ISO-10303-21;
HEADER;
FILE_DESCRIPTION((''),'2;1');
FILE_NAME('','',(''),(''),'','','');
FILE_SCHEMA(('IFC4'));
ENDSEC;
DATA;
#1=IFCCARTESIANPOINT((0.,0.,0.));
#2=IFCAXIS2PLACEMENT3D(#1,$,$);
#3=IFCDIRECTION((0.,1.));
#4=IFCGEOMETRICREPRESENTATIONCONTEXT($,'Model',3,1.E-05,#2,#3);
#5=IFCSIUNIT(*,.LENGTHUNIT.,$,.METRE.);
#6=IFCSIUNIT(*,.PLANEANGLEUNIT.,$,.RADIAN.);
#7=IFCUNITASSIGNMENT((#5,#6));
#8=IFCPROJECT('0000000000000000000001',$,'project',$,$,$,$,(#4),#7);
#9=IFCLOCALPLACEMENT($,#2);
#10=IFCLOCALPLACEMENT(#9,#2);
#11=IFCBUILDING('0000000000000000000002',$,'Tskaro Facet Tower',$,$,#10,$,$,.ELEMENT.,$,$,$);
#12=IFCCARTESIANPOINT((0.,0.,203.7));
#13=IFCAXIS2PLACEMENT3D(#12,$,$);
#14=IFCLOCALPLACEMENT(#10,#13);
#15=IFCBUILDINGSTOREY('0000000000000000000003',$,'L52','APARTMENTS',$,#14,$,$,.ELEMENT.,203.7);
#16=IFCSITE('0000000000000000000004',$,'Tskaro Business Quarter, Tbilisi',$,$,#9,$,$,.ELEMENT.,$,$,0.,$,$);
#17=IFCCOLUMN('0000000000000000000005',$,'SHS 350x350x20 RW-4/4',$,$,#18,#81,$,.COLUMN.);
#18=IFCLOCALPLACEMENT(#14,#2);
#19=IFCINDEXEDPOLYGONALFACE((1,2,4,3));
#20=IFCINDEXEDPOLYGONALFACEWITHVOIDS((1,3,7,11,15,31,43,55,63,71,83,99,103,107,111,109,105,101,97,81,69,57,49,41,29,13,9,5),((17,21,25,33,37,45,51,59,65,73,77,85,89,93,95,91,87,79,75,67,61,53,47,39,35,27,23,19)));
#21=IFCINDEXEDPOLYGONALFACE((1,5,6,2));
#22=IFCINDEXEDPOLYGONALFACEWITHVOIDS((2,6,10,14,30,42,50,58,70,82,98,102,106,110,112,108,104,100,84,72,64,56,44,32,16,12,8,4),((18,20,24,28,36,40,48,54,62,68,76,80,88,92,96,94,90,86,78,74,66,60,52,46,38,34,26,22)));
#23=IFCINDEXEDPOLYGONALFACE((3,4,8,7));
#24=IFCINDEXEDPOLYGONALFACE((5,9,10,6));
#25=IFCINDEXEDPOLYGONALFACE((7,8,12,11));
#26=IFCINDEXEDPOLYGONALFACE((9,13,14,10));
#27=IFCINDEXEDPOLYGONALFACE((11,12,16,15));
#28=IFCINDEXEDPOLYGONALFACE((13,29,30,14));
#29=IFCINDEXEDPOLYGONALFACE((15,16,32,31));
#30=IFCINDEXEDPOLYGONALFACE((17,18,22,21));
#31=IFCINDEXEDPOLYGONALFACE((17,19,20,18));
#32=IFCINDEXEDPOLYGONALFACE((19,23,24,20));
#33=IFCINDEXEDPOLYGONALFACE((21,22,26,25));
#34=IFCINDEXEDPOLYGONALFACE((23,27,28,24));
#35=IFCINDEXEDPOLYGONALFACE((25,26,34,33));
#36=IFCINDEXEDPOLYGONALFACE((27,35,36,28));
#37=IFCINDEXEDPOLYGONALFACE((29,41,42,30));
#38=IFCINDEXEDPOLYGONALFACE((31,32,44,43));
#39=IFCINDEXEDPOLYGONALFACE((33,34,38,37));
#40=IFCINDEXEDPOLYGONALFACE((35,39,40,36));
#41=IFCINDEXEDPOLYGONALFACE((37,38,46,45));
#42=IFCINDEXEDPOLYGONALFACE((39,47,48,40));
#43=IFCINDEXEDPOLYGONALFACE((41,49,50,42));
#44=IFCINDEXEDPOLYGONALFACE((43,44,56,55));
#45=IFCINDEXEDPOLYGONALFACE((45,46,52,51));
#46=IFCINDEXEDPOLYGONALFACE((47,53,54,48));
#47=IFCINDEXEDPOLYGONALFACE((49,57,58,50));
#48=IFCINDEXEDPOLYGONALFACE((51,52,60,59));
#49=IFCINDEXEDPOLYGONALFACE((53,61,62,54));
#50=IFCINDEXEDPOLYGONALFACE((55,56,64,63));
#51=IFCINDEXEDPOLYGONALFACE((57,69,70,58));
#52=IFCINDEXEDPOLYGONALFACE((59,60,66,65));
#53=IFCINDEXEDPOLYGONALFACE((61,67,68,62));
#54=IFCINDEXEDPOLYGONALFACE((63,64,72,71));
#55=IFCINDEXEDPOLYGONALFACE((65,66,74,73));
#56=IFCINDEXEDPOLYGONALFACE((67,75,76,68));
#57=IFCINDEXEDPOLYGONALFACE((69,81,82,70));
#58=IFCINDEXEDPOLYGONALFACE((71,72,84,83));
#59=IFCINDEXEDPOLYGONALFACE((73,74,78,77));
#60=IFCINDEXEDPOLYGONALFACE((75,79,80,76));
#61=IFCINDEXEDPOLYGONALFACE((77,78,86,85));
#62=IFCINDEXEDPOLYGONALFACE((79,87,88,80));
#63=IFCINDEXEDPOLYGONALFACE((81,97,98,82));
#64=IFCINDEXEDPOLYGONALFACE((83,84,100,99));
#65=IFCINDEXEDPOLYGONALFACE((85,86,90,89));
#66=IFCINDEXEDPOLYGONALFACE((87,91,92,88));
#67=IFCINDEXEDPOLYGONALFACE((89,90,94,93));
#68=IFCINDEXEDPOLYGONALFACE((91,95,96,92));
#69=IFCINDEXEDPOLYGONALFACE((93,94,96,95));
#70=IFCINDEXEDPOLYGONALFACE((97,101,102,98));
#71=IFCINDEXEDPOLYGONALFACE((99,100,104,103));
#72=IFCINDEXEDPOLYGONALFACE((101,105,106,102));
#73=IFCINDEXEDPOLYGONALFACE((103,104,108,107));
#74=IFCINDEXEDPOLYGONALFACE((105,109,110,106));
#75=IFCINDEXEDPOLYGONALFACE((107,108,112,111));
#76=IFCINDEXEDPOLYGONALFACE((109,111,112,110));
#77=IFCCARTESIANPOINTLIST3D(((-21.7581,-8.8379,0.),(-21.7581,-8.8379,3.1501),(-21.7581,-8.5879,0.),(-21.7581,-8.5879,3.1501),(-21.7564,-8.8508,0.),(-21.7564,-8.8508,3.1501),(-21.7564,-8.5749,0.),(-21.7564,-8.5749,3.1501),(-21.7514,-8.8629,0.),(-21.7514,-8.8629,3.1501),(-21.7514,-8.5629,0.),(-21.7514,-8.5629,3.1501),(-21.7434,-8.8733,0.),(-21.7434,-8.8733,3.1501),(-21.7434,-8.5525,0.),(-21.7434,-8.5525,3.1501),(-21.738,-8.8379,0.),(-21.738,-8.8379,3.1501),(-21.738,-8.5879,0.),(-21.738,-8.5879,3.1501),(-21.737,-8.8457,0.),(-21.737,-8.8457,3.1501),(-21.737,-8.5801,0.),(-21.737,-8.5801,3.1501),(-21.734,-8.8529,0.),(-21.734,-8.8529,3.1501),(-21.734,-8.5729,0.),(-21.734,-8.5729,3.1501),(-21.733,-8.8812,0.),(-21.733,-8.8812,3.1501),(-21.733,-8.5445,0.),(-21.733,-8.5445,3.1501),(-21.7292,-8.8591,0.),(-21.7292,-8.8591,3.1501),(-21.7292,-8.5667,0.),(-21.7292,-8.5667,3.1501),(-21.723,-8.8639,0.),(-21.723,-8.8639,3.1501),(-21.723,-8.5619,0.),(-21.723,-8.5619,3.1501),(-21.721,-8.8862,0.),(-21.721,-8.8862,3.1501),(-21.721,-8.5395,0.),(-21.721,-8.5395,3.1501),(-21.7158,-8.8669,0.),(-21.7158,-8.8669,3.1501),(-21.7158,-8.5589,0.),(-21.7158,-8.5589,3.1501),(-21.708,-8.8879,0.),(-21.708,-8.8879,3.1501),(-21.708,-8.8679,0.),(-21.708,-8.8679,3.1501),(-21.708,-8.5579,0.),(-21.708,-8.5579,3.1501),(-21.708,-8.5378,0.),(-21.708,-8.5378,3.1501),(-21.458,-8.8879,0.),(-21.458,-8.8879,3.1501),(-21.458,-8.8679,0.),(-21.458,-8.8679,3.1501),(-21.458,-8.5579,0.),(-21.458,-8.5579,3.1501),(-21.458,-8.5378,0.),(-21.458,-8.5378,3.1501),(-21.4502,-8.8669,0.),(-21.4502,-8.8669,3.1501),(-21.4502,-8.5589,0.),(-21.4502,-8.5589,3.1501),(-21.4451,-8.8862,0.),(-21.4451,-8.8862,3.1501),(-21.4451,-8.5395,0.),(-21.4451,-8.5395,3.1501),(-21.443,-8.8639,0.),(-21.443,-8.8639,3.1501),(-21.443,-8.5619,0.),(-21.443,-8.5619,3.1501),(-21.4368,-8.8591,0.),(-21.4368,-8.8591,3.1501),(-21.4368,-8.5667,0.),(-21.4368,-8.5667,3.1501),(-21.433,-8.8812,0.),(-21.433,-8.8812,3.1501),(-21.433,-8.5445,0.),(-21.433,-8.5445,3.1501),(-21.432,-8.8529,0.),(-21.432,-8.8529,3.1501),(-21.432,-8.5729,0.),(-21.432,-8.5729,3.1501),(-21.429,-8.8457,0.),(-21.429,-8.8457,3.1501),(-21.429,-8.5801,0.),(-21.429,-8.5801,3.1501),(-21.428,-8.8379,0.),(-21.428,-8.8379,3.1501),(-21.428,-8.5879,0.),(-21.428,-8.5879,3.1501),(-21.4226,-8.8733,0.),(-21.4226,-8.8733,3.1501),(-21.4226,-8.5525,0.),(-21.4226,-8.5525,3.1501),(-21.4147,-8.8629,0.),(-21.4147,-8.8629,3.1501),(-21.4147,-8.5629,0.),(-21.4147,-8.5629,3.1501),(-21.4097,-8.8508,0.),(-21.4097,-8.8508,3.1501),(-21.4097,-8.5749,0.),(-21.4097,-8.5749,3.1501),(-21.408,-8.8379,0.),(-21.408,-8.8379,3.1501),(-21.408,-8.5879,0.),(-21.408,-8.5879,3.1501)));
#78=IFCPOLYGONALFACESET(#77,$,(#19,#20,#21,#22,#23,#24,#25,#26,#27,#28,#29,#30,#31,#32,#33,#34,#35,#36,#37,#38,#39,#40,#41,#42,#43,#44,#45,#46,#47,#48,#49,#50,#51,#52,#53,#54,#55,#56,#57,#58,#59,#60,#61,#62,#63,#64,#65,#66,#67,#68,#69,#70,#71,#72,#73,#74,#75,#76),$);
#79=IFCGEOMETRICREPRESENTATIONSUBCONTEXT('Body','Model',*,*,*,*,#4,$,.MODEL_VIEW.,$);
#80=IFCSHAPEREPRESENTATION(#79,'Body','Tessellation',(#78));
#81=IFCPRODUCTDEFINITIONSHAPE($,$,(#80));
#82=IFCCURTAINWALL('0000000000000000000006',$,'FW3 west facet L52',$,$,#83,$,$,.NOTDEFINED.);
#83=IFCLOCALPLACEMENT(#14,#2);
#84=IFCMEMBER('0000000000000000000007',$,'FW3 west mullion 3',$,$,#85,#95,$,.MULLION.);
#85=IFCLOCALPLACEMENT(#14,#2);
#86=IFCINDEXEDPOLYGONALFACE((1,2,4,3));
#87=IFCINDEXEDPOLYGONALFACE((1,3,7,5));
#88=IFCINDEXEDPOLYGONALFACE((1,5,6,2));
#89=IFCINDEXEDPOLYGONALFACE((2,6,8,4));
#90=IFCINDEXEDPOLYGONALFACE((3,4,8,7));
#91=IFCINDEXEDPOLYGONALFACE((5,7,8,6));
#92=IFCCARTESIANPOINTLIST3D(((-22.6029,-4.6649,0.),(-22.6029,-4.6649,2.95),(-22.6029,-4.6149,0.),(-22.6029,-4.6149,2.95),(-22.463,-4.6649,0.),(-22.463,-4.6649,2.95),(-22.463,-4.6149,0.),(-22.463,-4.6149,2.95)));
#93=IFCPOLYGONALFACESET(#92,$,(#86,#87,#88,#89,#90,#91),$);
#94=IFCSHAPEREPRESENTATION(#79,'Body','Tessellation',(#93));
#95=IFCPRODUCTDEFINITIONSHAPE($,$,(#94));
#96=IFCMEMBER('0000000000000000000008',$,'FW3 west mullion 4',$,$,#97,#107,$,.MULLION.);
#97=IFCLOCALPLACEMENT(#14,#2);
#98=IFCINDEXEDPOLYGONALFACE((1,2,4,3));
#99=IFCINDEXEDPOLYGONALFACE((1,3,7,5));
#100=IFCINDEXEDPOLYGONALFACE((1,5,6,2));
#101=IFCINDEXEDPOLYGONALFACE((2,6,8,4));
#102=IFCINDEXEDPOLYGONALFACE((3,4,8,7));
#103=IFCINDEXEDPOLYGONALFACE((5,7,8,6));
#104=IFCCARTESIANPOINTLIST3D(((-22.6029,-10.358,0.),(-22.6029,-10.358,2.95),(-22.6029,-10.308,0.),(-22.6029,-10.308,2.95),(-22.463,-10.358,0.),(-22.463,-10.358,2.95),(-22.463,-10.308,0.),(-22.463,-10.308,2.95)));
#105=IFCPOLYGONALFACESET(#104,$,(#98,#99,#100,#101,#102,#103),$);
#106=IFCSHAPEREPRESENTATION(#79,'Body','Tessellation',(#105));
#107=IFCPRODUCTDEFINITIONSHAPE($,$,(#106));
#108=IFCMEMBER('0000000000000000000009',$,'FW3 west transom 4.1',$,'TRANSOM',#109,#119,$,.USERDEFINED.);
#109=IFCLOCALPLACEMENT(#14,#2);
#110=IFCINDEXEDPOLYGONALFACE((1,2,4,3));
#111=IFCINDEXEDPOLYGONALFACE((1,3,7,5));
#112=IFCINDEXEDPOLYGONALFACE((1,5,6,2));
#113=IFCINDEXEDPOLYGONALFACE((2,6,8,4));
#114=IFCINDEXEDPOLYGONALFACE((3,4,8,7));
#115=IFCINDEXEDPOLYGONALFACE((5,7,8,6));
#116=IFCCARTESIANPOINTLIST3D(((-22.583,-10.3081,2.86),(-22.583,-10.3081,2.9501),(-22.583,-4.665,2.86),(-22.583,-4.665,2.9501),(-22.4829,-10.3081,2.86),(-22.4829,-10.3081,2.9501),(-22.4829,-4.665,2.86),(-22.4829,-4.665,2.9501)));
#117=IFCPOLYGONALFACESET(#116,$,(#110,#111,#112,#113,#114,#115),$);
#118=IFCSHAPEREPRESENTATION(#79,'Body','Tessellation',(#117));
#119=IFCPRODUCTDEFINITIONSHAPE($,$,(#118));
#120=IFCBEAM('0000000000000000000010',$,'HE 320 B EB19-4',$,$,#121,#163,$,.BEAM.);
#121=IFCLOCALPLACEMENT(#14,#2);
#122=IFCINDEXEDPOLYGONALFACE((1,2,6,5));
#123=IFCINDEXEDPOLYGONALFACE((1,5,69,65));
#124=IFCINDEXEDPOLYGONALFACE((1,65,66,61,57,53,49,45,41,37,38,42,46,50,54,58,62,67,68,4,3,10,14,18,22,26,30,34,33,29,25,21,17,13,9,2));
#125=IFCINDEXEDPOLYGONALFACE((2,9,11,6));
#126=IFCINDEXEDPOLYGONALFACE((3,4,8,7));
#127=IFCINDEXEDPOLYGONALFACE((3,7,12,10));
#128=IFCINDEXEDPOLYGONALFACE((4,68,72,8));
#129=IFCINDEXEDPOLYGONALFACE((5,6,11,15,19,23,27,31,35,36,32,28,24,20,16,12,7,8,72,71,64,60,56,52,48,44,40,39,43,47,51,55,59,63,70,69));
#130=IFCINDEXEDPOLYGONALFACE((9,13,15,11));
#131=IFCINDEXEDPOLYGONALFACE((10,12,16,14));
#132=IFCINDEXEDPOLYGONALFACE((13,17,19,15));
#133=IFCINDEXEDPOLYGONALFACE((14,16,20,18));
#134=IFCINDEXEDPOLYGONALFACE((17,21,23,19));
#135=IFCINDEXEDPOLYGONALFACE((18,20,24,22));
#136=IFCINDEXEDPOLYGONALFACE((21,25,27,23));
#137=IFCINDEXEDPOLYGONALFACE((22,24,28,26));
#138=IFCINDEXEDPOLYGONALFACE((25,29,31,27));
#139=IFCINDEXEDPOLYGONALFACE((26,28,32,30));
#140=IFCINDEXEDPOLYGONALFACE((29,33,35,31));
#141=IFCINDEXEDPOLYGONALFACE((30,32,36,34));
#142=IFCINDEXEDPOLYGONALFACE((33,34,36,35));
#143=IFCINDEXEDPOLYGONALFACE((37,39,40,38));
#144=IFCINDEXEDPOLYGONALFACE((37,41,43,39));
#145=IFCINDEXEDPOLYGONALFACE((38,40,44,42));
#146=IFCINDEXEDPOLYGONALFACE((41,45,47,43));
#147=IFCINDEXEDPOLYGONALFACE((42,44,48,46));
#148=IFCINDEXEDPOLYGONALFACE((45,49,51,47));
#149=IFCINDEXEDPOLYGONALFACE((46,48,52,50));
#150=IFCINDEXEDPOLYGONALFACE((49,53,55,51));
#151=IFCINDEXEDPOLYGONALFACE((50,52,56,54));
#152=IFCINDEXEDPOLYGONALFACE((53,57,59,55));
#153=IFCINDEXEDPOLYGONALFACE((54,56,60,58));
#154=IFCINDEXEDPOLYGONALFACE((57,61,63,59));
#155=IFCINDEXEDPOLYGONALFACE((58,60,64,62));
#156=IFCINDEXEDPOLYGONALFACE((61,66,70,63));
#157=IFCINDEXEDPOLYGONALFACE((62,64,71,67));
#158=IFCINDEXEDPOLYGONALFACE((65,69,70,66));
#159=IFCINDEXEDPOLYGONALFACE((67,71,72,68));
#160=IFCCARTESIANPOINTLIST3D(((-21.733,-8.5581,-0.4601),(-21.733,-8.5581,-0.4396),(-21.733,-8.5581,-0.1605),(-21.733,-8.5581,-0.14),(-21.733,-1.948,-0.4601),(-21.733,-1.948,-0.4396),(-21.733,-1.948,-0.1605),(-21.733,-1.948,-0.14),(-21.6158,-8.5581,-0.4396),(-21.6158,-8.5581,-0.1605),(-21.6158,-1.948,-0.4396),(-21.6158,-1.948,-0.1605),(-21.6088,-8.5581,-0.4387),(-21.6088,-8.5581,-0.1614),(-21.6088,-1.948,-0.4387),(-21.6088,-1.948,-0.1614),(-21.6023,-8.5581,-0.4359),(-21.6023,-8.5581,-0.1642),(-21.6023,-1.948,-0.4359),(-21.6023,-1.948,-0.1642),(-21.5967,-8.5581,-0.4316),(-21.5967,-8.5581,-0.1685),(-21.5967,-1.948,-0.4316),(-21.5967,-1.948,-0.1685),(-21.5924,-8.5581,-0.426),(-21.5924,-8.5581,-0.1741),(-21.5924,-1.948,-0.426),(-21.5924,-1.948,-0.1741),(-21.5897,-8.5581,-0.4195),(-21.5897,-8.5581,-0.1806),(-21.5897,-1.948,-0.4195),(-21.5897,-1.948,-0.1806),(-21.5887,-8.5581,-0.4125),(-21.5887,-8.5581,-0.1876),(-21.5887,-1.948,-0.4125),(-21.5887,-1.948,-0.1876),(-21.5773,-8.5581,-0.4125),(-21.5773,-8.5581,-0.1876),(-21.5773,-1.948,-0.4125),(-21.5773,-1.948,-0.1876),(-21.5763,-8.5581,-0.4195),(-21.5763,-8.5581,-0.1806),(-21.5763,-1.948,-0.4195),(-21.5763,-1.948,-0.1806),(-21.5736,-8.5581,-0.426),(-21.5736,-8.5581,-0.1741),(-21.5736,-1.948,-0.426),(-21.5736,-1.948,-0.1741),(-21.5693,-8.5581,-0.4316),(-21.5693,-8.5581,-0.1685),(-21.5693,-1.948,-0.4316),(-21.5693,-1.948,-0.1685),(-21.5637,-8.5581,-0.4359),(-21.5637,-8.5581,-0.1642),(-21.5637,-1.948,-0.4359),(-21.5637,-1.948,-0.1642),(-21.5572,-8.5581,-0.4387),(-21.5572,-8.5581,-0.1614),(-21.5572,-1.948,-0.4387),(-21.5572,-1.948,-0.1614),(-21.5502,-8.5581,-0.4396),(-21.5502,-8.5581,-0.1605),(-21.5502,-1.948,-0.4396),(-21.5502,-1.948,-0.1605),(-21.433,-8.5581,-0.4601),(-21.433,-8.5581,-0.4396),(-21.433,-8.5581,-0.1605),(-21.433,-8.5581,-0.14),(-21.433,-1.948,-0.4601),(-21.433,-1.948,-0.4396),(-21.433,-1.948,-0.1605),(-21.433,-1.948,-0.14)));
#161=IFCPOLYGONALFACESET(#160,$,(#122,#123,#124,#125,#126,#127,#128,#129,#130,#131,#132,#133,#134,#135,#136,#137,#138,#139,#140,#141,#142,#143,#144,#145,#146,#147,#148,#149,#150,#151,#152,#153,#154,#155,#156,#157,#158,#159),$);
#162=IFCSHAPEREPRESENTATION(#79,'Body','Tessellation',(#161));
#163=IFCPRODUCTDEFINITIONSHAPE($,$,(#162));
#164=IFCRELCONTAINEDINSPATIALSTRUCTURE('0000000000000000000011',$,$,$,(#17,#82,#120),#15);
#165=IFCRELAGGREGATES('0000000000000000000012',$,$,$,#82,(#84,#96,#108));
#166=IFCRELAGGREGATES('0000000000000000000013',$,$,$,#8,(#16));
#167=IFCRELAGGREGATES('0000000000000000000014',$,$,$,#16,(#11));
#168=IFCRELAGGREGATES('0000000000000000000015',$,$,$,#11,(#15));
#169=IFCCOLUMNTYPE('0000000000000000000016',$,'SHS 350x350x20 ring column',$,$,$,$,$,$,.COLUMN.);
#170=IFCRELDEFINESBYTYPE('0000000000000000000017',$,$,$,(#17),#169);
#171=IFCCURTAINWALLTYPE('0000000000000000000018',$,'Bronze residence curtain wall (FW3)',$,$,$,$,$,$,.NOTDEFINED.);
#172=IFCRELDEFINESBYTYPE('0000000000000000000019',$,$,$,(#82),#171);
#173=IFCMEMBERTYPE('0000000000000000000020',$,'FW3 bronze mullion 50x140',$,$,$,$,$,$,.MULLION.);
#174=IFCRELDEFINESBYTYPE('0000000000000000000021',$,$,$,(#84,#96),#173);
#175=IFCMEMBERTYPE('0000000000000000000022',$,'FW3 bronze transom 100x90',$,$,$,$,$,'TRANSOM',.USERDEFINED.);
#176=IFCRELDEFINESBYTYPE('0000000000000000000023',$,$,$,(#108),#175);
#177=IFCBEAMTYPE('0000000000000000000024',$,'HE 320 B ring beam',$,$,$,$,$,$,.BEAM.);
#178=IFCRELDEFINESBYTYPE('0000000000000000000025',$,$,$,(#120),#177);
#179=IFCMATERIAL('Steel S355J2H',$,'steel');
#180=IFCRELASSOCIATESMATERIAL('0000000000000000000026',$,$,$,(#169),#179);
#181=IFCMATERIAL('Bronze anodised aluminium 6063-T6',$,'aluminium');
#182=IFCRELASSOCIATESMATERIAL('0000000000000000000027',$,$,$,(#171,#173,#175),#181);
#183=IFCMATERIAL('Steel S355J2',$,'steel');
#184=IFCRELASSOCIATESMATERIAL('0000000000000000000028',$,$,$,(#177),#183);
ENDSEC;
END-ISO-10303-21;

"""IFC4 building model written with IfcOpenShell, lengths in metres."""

from ifc_helpers import new_model, si_unit, direction, frame, origin, origin_2d, place, context, subcontext, project, spatial, rectangle, hollow_rectangle, i_section, extrude, material, material_profile, profile_set, type_object, element, aggregate, save


model = new_model("IFC4")

# Units and contexts
model_context = context("Model", 3, precision=1e-05, world=origin(), true_north=direction((0.0, 1.0)))
body_context = subcontext(model_context, "Body", "Model", "MODEL_VIEW")
ifc_project = project(units=[si_unit("LENGTHUNIT", "METRE"), si_unit("PLANEANGLEUNIT", "RADIAN")], contexts=[model_context])

# Site, building, storey
site_placement = place(None, origin())
site = spatial("IfcSite", under=ifc_project, at=site_placement, Name="Tskaro Business Quarter, Tbilisi", CompositionType="ELEMENT", RefElevation=0.0)
building_placement = place(site_placement, origin())
building = spatial("IfcBuilding", under=site, at=building_placement, Name="Tskaro Facet Tower", CompositionType="ELEMENT")
storey_placement = place(building_placement, frame((0.0, 0.0, 203.7)))
storey = spatial("IfcBuildingStorey", under=building, at=storey_placement, Name="L52", Description="APARTMENTS", CompositionType="ELEMENT", Elevation=203.7)

# Column
ifc_material_1 = material(Name="Steel S355J2H", Category="steel")
ifc_material_profile_1 = material_profile(ifc_material_1, hollow_rectangle(XDim=0.3501, YDim=0.3501, WallThickness=0.02, InnerFilletRadius=0.03, OuterFilletRadius=0.05, at=origin_2d()), Name="SHS 350x350x20")
ifc_profile_set_1 = profile_set([ifc_material_profile_1], Name="Steel S355J2H")
column_type_1 = type_object("IfcColumnType", Name="SHS 350x350x20 ring column", PredefinedType="COLUMN", material=ifc_profile_set_1)
for number, where, z_axis, x_axis, name in (
    (1, (-21.583, -8.7129, 0.0), (0.0, 0.0, 1.0), (1.0, 0.0, 0.0), "SHS 350x350x20 RW-4/4"),
):
    element("IfcColumn", number, at=place(storey_placement, frame(where, z_axis=z_axis, x_axis=x_axis)), inside=storey, type_object=column_type_1, Name=name, PredefinedType="COLUMN", context=body_context, shape_type="SweptSolid", body=[
        extrude(hollow_rectangle(XDim=0.3501, YDim=0.3501, WallThickness=0.02, InnerFilletRadius=0.03, OuterFilletRadius=0.05, at=origin_2d()), origin(), (0.0, 0.0, 1.0), 3.1501),
    ])

# Curtain wall, members
ifc_material_2 = material(Name="Bronze anodised aluminium 6063-T6", Category="aluminium")
curtain_wall_type = type_object("IfcCurtainWallType", Name="Bronze residence curtain wall (FW3)", PredefinedType="NOTDEFINED", material=ifc_material_2)
curtain_wall_placement = place(storey_placement, origin())
curtain_wall = element("IfcCurtainWall", 2, at=curtain_wall_placement, inside=storey, type_object=curtain_wall_type, Name="FW3 west facet L52", PredefinedType="NOTDEFINED")
ifc_material_profile_2 = material_profile(ifc_material_2, rectangle(XDim=0.05, YDim=0.1399, at=origin_2d()), Name="Mullion 50x140")
ifc_profile_set_2 = profile_set([ifc_material_profile_2], Name="Bronze anodised aluminium 6063-T6")
member_type_1 = type_object("IfcMemberType", Name="FW3 bronze mullion 50x140", PredefinedType="MULLION", material=ifc_profile_set_2)
member_1_placement = place(storey_placement, frame((-22.533, -4.6399, 0.0), z_axis=(0.0, 0.0, 1.0), x_axis=(0.0, -1.0, 0.0)))
member_1 = element("IfcMember", 3, at=member_1_placement, type_object=member_type_1, Name="FW3 west mullion 3", PredefinedType="MULLION", context=body_context, shape_type="SweptSolid", body=[
    extrude(rectangle(XDim=0.05, YDim=0.1399, at=origin_2d()), origin(), (0.0, 0.0, 1.0), 2.95),
])
member_2_placement = place(storey_placement, frame((-22.533, -10.333, 0.0), z_axis=(0.0, 0.0, 1.0), x_axis=(0.0, -1.0, 0.0)))
member_2 = element("IfcMember", 4, at=member_2_placement, type_object=member_type_1, Name="FW3 west mullion 4", PredefinedType="MULLION", context=body_context, shape_type="SweptSolid", body=[
    extrude(rectangle(XDim=0.05, YDim=0.1399, at=origin_2d()), origin(), (0.0, 0.0, 1.0), 2.95),
])
ifc_material_profile_3 = material_profile(ifc_material_2, rectangle(XDim=0.1001, YDim=0.0901, at=origin_2d()), Name="Transom 100x90")
ifc_profile_set_3 = profile_set([ifc_material_profile_3], Name="Bronze anodised aluminium 6063-T6")
member_type_2 = type_object("IfcMemberType", Name="FW3 bronze transom 100x90", ElementType="TRANSOM", PredefinedType="USERDEFINED", material=ifc_profile_set_3)
member_3_placement = place(storey_placement, frame((-22.533, -4.665, 2.905), z_axis=(0.0, -1.0, 0.0), x_axis=(1.0, 0.0, 0.0)))
member_3 = element("IfcMember", 5, at=member_3_placement, type_object=member_type_2, Name="FW3 west transom 4.1", ObjectType="TRANSOM", PredefinedType="USERDEFINED", context=body_context, shape_type="SweptSolid", body=[
    extrude(rectangle(XDim=0.1001, YDim=0.0901, at=origin_2d()), origin(), (0.0, 0.0, 1.0), 5.6431),
])

# Beam
ifc_material_3 = material(Name="Steel S355J2", Category="steel")
ifc_material_profile_4 = material_profile(ifc_material_3, i_section(OverallWidth=0.3, OverallDepth=0.3201, WebThickness=0.0115, FlangeThickness=0.0205, FilletRadius=0.0271, at=origin_2d()), Name="HE 320 B")
ifc_profile_set_4 = profile_set([ifc_material_profile_4], Name="Steel S355J2")
beam_type_1 = type_object("IfcBeamType", Name="HE 320 B ring beam", PredefinedType="BEAM", material=ifc_profile_set_4)
for number, where, z_axis, x_axis, name in (
    (6, (-21.583, -1.948, -0.3), (0.0, -1.0, 0.0), (1.0, 0.0, 0.0), "HE 320 B EB19-4"),
):
    element("IfcBeam", number, at=place(storey_placement, frame(where, z_axis=z_axis, x_axis=x_axis)), inside=storey, type_object=beam_type_1, Name=name, PredefinedType="BEAM", context=body_context, shape_type="SweptSolid", body=[
        extrude(i_section(OverallWidth=0.3, OverallDepth=0.3201, WebThickness=0.0115, FlangeThickness=0.0205, FilletRadius=0.0271, at=origin_2d()), origin(), (0.0, 0.0, 1.0), 6.6101),
    ])

aggregate(curtain_wall, [member_1, member_2, member_3])

save(model, "model.ifc")
